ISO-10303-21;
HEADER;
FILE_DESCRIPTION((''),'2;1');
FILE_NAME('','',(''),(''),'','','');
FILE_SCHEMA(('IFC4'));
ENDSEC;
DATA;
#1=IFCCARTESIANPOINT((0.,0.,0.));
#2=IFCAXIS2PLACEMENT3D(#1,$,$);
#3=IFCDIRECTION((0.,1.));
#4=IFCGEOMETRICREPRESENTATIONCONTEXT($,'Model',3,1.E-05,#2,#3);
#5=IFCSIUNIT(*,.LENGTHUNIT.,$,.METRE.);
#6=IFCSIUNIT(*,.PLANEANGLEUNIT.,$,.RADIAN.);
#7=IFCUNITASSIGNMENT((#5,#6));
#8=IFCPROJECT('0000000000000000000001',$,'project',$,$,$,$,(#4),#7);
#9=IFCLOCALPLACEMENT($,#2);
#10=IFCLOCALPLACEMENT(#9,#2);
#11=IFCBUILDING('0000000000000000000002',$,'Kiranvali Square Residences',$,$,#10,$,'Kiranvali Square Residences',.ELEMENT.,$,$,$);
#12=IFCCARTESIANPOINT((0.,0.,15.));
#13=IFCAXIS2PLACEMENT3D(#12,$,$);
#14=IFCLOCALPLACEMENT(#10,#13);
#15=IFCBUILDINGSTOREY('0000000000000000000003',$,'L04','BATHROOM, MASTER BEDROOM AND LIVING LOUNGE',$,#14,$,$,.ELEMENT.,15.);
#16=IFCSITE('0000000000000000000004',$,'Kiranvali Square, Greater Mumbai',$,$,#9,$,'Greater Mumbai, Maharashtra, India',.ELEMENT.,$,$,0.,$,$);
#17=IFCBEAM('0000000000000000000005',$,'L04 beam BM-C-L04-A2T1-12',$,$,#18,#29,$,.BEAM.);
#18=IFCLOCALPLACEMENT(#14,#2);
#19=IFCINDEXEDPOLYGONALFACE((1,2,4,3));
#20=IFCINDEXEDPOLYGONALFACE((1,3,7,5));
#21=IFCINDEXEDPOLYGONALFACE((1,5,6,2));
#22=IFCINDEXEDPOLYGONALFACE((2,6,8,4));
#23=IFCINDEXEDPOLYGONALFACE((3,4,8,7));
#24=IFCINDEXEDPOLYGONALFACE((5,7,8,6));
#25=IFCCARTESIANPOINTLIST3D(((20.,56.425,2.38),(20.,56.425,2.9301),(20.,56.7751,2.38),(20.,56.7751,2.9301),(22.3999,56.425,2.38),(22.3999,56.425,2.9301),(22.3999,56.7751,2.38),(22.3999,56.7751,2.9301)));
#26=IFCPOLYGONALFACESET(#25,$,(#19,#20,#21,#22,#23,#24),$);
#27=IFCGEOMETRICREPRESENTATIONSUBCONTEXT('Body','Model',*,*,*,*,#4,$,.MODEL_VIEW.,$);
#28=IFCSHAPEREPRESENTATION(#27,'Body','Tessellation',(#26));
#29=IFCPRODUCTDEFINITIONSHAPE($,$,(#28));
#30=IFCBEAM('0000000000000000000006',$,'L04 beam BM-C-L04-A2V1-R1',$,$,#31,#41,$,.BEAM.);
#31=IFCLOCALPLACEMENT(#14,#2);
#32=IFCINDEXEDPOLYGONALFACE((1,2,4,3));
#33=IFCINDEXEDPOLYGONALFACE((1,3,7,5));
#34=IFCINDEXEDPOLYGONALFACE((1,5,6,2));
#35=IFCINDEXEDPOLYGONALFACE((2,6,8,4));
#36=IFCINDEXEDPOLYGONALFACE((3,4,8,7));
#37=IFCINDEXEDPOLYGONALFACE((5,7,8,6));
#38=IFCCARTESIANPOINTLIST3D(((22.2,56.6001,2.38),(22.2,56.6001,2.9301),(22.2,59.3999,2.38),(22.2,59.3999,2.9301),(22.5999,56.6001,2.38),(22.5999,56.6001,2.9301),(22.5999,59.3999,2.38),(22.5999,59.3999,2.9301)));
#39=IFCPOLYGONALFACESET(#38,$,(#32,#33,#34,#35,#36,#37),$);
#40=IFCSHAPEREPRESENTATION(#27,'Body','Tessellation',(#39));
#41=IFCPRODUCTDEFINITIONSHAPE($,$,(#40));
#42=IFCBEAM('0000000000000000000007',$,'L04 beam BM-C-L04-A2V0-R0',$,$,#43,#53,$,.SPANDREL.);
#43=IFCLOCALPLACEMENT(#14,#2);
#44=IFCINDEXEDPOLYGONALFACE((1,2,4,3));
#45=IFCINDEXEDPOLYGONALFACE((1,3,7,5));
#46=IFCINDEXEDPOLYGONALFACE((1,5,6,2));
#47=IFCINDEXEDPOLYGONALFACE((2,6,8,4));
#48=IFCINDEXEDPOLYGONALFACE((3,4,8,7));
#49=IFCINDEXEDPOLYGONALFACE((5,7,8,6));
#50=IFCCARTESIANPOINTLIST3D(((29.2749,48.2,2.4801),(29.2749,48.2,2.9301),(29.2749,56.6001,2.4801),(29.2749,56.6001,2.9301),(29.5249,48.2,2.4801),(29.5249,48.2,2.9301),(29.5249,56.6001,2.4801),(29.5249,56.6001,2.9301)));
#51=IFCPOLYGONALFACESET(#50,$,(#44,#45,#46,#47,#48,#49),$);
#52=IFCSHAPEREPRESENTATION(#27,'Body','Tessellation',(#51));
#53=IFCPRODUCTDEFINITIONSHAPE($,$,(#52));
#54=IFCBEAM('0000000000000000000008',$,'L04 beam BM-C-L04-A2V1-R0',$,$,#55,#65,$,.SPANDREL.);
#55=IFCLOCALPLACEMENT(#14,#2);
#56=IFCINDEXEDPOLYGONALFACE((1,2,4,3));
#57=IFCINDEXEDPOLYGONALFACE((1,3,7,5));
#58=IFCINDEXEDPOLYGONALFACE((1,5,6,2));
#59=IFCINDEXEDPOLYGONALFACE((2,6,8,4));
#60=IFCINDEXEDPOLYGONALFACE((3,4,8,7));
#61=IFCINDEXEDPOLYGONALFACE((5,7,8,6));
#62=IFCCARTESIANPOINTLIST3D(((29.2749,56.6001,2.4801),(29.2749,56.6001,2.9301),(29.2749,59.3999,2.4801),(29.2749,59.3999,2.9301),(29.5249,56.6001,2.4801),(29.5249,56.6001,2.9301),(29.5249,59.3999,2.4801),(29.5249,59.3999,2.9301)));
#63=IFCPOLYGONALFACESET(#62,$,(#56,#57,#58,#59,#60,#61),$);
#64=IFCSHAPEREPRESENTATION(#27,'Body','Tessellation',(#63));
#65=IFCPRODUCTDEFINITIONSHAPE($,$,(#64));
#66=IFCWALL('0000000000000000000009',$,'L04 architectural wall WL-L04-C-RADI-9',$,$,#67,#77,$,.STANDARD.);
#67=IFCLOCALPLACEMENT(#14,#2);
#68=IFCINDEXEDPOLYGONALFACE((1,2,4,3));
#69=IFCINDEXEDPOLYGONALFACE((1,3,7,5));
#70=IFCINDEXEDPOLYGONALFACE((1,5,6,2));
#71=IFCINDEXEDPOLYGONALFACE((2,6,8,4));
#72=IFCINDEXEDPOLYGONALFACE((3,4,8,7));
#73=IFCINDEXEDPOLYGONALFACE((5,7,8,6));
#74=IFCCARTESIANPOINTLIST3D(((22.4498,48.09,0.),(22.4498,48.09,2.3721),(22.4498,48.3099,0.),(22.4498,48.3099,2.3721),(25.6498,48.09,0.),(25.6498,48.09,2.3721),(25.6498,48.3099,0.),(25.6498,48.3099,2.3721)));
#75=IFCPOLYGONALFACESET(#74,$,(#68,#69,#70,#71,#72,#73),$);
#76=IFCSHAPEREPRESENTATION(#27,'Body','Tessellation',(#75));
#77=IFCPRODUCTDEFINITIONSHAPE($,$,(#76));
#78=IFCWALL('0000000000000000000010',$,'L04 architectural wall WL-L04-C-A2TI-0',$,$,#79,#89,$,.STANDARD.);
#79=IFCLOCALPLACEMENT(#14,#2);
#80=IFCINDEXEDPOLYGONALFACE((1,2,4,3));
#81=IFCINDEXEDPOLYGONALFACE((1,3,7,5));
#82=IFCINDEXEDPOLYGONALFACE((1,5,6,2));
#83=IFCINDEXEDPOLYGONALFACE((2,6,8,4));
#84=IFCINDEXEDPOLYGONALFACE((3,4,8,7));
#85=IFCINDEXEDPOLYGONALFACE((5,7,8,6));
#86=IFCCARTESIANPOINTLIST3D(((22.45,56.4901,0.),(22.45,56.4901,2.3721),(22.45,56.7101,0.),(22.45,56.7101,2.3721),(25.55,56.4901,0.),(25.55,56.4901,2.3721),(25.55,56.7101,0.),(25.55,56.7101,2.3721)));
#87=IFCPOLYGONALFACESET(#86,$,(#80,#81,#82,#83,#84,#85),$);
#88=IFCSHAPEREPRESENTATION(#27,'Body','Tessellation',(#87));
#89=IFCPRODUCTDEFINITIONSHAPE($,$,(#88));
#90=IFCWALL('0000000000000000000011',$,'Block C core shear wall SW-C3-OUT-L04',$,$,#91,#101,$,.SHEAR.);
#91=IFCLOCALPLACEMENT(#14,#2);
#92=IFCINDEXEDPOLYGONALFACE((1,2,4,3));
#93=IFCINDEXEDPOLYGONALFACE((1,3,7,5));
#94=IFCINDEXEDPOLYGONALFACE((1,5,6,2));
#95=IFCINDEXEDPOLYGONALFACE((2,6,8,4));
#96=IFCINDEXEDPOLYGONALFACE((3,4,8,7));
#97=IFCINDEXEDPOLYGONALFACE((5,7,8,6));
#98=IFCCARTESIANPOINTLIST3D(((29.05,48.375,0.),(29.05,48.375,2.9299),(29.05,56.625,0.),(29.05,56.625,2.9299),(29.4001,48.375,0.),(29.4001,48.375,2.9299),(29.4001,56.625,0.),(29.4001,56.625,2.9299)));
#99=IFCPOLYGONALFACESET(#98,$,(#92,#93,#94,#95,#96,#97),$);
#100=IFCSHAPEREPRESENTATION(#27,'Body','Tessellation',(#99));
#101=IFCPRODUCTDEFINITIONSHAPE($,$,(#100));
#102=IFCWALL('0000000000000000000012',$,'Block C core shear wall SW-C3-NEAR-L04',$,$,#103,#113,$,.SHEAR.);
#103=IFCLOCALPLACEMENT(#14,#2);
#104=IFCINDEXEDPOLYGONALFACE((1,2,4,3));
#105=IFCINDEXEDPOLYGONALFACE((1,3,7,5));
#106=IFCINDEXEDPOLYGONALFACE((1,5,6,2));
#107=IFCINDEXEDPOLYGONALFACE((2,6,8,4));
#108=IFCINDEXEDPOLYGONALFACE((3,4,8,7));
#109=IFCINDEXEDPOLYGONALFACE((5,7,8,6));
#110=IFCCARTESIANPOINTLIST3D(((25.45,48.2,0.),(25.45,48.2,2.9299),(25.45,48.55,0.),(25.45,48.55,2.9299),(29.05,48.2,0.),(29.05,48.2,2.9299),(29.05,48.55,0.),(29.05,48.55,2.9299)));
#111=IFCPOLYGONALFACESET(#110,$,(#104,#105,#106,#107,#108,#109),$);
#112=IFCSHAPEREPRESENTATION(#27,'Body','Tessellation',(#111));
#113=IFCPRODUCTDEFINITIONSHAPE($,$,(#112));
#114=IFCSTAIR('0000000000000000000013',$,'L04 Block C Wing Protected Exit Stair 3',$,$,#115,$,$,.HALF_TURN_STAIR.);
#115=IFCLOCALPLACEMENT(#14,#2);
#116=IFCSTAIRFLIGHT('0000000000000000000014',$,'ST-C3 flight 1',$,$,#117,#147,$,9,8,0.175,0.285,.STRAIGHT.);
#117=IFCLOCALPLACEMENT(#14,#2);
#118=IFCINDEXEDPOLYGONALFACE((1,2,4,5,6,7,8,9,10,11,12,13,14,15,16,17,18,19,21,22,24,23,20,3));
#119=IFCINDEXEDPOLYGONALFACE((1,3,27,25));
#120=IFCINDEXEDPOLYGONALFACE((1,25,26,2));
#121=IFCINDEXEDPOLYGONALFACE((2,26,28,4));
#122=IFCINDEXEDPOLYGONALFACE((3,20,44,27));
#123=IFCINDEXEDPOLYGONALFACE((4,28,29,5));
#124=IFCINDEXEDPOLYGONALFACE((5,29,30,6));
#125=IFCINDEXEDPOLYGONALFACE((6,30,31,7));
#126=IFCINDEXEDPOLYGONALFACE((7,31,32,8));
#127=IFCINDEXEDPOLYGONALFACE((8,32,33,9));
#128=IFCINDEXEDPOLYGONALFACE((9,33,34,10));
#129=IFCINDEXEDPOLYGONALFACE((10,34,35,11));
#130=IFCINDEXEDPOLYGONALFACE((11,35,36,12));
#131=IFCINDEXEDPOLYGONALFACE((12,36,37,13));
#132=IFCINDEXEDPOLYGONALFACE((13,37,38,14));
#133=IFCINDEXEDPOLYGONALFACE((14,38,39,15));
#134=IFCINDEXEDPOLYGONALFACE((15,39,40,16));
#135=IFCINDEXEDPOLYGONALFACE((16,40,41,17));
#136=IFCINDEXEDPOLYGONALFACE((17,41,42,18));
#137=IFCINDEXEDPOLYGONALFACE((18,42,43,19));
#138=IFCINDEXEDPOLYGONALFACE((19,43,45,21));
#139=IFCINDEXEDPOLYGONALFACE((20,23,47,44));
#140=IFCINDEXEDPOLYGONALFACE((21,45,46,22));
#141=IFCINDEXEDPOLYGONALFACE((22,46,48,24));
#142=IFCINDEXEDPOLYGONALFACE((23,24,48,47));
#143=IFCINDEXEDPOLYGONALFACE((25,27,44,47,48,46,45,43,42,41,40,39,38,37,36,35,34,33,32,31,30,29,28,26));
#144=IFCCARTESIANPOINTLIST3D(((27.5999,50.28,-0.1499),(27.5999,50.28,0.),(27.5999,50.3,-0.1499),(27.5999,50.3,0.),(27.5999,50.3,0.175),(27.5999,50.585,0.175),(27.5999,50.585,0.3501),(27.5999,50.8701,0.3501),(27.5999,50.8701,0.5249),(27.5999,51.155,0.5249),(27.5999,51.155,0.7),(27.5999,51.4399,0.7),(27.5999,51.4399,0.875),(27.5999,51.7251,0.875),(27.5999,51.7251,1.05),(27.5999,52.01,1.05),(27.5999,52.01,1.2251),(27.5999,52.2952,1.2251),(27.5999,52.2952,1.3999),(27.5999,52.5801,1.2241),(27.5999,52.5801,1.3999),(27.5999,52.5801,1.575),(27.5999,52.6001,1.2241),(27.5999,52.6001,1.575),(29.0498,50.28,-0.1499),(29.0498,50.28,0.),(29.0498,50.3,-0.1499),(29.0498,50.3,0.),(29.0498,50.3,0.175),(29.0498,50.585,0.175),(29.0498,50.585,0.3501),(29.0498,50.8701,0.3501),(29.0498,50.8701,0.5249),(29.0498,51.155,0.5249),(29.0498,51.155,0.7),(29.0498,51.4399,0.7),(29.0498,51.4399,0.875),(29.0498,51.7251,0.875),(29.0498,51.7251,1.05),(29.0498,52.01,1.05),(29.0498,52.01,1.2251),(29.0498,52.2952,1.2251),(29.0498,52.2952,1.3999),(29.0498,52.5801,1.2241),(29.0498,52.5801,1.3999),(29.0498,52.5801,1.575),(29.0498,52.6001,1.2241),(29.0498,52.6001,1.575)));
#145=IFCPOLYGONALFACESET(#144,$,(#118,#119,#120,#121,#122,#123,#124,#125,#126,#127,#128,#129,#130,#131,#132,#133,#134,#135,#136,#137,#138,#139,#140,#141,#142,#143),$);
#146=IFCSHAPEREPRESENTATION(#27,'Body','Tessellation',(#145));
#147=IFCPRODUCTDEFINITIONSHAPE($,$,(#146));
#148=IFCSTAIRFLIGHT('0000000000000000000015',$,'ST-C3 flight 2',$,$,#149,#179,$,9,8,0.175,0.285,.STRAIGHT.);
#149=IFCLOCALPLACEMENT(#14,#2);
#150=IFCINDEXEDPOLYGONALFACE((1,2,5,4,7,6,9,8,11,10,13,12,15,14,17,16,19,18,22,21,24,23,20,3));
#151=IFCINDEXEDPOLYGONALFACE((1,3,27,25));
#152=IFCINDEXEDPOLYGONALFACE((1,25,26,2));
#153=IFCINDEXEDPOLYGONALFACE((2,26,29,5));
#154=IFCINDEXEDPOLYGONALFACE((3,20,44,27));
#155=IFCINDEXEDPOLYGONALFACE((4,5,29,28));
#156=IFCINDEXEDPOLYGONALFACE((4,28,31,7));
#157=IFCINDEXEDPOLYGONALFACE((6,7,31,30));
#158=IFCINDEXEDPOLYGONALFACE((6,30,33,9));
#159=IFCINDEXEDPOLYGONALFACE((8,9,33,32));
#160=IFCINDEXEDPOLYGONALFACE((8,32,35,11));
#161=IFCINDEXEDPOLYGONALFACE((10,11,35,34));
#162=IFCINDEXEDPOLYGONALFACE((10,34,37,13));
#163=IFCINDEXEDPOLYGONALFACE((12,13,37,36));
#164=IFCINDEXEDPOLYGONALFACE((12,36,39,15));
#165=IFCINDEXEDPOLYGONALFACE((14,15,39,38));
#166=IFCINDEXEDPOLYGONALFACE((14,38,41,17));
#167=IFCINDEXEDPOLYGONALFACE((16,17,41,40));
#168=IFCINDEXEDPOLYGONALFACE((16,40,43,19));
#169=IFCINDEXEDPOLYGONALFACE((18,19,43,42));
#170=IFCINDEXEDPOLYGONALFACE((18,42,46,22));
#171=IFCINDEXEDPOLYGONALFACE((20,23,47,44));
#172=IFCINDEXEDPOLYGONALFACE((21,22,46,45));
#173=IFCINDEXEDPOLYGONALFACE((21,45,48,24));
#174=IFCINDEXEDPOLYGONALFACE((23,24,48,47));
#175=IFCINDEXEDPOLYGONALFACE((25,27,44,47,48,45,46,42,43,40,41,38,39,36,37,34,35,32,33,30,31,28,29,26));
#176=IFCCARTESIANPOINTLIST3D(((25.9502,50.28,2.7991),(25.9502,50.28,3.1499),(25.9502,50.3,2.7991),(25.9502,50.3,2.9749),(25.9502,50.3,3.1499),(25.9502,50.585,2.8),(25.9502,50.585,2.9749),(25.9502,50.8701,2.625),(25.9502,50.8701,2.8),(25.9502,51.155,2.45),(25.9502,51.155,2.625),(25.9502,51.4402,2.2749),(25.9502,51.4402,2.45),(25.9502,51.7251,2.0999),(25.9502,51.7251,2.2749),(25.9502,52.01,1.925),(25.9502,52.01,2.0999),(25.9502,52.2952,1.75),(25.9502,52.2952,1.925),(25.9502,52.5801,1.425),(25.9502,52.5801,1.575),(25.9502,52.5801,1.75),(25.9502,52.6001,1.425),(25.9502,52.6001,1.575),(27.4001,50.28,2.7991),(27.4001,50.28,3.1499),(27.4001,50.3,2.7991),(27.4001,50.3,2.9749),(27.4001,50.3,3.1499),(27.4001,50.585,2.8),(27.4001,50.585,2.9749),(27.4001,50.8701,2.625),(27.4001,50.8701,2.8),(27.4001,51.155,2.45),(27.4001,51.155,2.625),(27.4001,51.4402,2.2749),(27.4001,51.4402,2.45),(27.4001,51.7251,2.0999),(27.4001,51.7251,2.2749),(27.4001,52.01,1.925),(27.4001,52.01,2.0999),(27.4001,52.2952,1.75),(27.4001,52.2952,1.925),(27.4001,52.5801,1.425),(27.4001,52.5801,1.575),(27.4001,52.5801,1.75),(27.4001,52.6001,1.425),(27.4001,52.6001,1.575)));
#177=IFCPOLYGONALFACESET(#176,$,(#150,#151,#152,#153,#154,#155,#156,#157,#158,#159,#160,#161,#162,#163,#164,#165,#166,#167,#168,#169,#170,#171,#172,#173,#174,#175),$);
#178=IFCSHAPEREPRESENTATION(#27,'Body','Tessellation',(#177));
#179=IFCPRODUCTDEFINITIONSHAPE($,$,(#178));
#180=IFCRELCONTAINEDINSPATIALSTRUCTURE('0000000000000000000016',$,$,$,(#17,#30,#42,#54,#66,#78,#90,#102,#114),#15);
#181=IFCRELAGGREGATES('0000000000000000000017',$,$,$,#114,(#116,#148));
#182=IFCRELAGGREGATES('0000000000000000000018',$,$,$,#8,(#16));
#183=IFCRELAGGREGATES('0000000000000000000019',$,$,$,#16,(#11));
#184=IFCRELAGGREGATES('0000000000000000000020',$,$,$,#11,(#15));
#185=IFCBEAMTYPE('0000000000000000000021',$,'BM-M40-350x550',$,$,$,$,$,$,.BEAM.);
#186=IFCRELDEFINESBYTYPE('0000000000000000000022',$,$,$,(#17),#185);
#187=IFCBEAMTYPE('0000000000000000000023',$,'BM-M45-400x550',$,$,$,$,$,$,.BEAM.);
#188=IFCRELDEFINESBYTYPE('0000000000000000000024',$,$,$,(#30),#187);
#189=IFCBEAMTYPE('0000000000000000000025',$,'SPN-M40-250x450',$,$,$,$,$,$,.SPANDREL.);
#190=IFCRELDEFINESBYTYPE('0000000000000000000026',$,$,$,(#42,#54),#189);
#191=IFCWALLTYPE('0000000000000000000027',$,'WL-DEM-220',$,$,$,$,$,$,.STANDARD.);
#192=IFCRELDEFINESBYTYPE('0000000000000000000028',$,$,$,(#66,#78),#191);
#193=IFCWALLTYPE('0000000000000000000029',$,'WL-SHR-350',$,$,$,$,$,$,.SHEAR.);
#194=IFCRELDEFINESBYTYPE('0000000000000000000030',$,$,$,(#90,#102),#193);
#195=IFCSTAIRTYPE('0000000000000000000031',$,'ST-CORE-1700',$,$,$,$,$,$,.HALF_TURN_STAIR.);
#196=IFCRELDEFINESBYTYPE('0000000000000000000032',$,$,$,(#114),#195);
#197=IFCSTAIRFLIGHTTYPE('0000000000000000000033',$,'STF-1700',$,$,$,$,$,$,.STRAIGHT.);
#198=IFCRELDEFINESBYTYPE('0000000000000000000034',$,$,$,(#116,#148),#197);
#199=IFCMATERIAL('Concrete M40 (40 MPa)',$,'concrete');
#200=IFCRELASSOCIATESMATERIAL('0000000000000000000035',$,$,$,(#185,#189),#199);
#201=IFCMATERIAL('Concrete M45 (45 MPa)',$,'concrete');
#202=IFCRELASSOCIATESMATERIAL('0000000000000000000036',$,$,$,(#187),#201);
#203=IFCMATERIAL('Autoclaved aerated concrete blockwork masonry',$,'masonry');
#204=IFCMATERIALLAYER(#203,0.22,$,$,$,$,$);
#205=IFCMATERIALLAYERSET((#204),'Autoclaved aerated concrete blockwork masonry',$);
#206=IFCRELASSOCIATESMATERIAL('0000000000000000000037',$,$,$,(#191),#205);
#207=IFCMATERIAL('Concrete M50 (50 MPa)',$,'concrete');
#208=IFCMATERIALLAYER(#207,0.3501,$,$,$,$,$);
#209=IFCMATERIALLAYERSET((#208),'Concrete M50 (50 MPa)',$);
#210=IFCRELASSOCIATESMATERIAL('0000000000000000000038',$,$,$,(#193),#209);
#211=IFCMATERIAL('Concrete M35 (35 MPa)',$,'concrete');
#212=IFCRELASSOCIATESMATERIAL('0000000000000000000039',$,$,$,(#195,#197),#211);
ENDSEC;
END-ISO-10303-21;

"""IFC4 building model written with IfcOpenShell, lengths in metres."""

from ifc_helpers import new_model, si_unit, direction, frame, frame_2d, origin, origin_2d, place, context, subcontext, project, spatial, polyline, rectangle, outline, extrude, material, layer, layer_set, material_profile, profile_set, type_object, element, aggregate, save


model = new_model("IFC4")

# Units and contexts
model_context = context("Model", 3, precision=1e-05, world=origin(), true_north=direction((0.0, 1.0)))
body_context = subcontext(model_context, "Body", "Model", "MODEL_VIEW")
ifc_project = project(units=[si_unit("LENGTHUNIT", "METRE"), si_unit("PLANEANGLEUNIT", "RADIAN")], contexts=[model_context])

# Site, building, storey
site_placement = place(None, origin())
site = spatial("IfcSite", under=ifc_project, at=site_placement, Name="Kiranvali Square, Greater Mumbai", LongName="Greater Mumbai, Maharashtra, India", CompositionType="ELEMENT", RefElevation=0.0)
building_placement = place(site_placement, origin())
building = spatial("IfcBuilding", under=site, at=building_placement, Name="Kiranvali Square Residences", LongName="Kiranvali Square Residences", CompositionType="ELEMENT")
storey_placement = place(building_placement, frame((0.0, 0.0, 15.0)))
storey = spatial("IfcBuildingStorey", under=building, at=storey_placement, Name="L04", Description="BATHROOM, MASTER BEDROOM AND LIVING LOUNGE", CompositionType="ELEMENT", Elevation=15.0)

# Beams
ifc_material_1 = material(Name="Concrete M40 (40 MPa)", Category="concrete")
ifc_material_profile_1 = material_profile(ifc_material_1, rectangle(XDim=0.3501, YDim=0.55, at=origin_2d()), Name="RC 350x550")
ifc_profile_set_1 = profile_set([ifc_material_profile_1], Name="Concrete M40 (40 MPa)")
beam_type_1 = type_object("IfcBeamType", Name="BM-M40-350x550", PredefinedType="BEAM", material=ifc_profile_set_1)
beam_1_placement = place(storey_placement, frame((22.3999, 56.6001, 2.655), z_axis=(-1.0, 0.0, 0.0), x_axis=(0.0, -1.0, 0.0)))
element("IfcBeam", 1, at=beam_1_placement, inside=storey, type_object=beam_type_1, Name="L04 beam BM-C-L04-A2T1-12", PredefinedType="BEAM", context=body_context, shape_type="SweptSolid", body=[
    extrude(rectangle(XDim=0.3501, YDim=0.55, at=origin_2d()), origin(), (0.0, 0.0, 1.0), 2.3999),
])
ifc_material_2 = material(Name="Concrete M45 (45 MPa)", Category="concrete")
ifc_material_profile_2 = material_profile(ifc_material_2, rectangle(XDim=0.3999, YDim=0.55, at=origin_2d()), Name="RC 400x550")
ifc_profile_set_2 = profile_set([ifc_material_profile_2], Name="Concrete M45 (45 MPa)")
beam_type_2 = type_object("IfcBeamType", Name="BM-M45-400x550", PredefinedType="BEAM", material=ifc_profile_set_2)
beam_2_placement = place(storey_placement, frame((22.3999, 56.6001, 2.655), z_axis=(0.0, 1.0, 0.0), x_axis=(-1.0, 0.0, 0.0)))
element("IfcBeam", 2, at=beam_2_placement, inside=storey, type_object=beam_type_2, Name="L04 beam BM-C-L04-A2V1-R1", PredefinedType="BEAM", context=body_context, shape_type="SweptSolid", body=[
    extrude(rectangle(XDim=0.3999, YDim=0.55, at=origin_2d()), origin(), (0.0, 0.0, 1.0), 2.7998),
])
ifc_material_profile_3 = material_profile(ifc_material_1, rectangle(XDim=0.25, YDim=0.45, at=origin_2d()), Name="RC 250x450")
ifc_profile_set_3 = profile_set([ifc_material_profile_3], Name="Concrete M40 (40 MPa)")
beam_type_3 = type_object("IfcBeamType", Name="SPN-M40-250x450", PredefinedType="SPANDREL", material=ifc_profile_set_3)
beam_3_placement = place(storey_placement, frame((29.3999, 48.2, 2.7051), z_axis=(0.0, 1.0, 0.0), x_axis=(-1.0, 0.0, 0.0)))
element("IfcBeam", 3, at=beam_3_placement, inside=storey, type_object=beam_type_3, Name="L04 beam BM-C-L04-A2V0-R0", PredefinedType="SPANDREL", context=body_context, shape_type="SweptSolid", body=[
    extrude(rectangle(XDim=0.25, YDim=0.45, at=origin_2d()), origin(), (0.0, 0.0, 1.0), 8.4001),
])
beam_4_placement = place(storey_placement, frame((29.3999, 56.6001, 2.7051), z_axis=(0.0, 1.0, 0.0), x_axis=(-1.0, 0.0, 0.0)))
element("IfcBeam", 4, at=beam_4_placement, inside=storey, type_object=beam_type_3, Name="L04 beam BM-C-L04-A2V1-R0", PredefinedType="SPANDREL", context=body_context, shape_type="SweptSolid", body=[
    extrude(rectangle(XDim=0.25, YDim=0.45, at=origin_2d()), origin(), (0.0, 0.0, 1.0), 2.7998),
])

# Shared definitions
ifc_material_3 = material(Name="Autoclaved aerated concrete blockwork masonry", Category="masonry")

# Walls
ifc_layer_1 = layer(ifc_material_3, 0.22)
ifc_layer_set_1 = layer_set([ifc_layer_1], Name="Autoclaved aerated concrete blockwork masonry")
wall_type_1 = type_object("IfcWallType", Name="WL-DEM-220", PredefinedType="STANDARD", material=ifc_layer_set_1)
wall_1_placement = place(storey_placement, frame((25.6499, 48.2, 0.0), z_axis=(0.0, 0.0, 1.0), x_axis=(-1.0, 0.0, 0.0)))
element("IfcWall", 5, at=wall_1_placement, inside=storey, type_object=wall_type_1, Name="L04 architectural wall WL-L04-C-RADI-9", PredefinedType="STANDARD", context=body_context, shape_type="SweptSolid", body=[
    extrude(rectangle(XDim=3.2, YDim=0.22, at=frame_2d((1.6001, 0.0))), origin(), (0.0, 0.0, 1.0), 2.3721),
])
wall_2_placement = place(storey_placement, frame((25.55, 56.6001, 0.0), z_axis=(0.0, 0.0, 1.0), x_axis=(-1.0, 0.0, 0.0)))
element("IfcWall", 6, at=wall_2_placement, inside=storey, type_object=wall_type_1, Name="L04 architectural wall WL-L04-C-A2TI-0", PredefinedType="STANDARD", context=body_context, shape_type="SweptSolid", body=[
    extrude(rectangle(XDim=3.1001, YDim=0.22, at=frame_2d((1.55, 0.0))), origin(), (0.0, 0.0, 1.0), 2.3721),
])
ifc_material_4 = material(Name="Concrete M50 (50 MPa)", Category="concrete")
ifc_layer_2 = layer(ifc_material_4, 0.3501)
ifc_layer_set_2 = layer_set([ifc_layer_2], Name="Concrete M50 (50 MPa)")
wall_type_2 = type_object("IfcWallType", Name="WL-SHR-350", PredefinedType="SHEAR", material=ifc_layer_set_2)
wall_3_placement = place(storey_placement, frame((29.2251, 48.375, 0.0), z_axis=(0.0, 0.0, 1.0), x_axis=(0.0, 1.0, 0.0)))
element("IfcWall", 7, at=wall_3_placement, inside=storey, type_object=wall_type_2, Name="Block C core shear wall SW-C3-OUT-L04", PredefinedType="SHEAR", context=body_context, shape_type="SweptSolid", body=[
    extrude(rectangle(XDim=8.25, YDim=0.3501, at=frame_2d((4.125, 0.0))), origin(), (0.0, 0.0, 1.0), 2.9299),
])

# Wall
wall_4_placement = place(storey_placement, frame((29.05, 48.375, 0.0), z_axis=(0.0, 0.0, 1.0), x_axis=(-1.0, 0.0, 0.0)))
element("IfcWall", 8, at=wall_4_placement, inside=storey, type_object=wall_type_2, Name="Block C core shear wall SW-C3-NEAR-L04", PredefinedType="SHEAR", context=body_context, shape_type="SweptSolid", body=[
    extrude(rectangle(XDim=3.6001, YDim=0.3501, at=frame_2d((1.8, 0.0))), origin(), (0.0, 0.0, 1.0), 2.9299),
])

# Stair, stair flights
ifc_material_5 = material(Name="Concrete M35 (35 MPa)", Category="concrete")
stair_type = type_object("IfcStairType", Name="ST-CORE-1700", PredefinedType="HALF_TURN_STAIR", material=ifc_material_5)
stair_placement = place(storey_placement, origin())
stair = element("IfcStair", 9, at=stair_placement, inside=storey, type_object=stair_type, Name="L04 Block C Wing Protected Exit Stair 3", PredefinedType="HALF_TURN_STAIR")
stair_flight_type = type_object("IfcStairFlightType", Name="STF-1700", PredefinedType="STRAIGHT", material=ifc_material_5)
stair_flight_1_placement = place(storey_placement, frame((28.325, 50.3, 0.0), z_axis=(0.0, 0.0, 1.0), x_axis=(0.0, 1.0, 0.0)))
stair_flight_1 = element("IfcStairFlight", 10, at=stair_flight_1_placement, type_object=stair_flight_type, Name="ST-C3 flight 1", NumberOfRisers=9, NumberOfTreads=8, PredefinedType="STRAIGHT", RiserHeight=0.175, TreadLength=0.285, context=body_context, shape_type="SweptSolid", body=[
    extrude(outline(polyline([(-0.02, -0.1499), (-0.02, 0.0), (0.0, 0.0), (0.0, 0.175), (0.2849, 0.175), (0.2849, 0.3501), (0.5701, 0.3501), (0.5701, 0.5249), (0.855, 0.5249), (0.855, 0.7), (1.1399, 0.7), (1.1399, 0.875), (1.425, 0.875), (1.425, 1.05), (1.71, 1.05), (1.71, 1.2251), (1.9951, 1.2251), (1.9951, 1.3999), (2.28, 1.3999), (2.28, 1.575), (2.3, 1.575), (2.3, 1.2241), (2.28, 1.2241), (0.0, -0.1499), (-0.02, -0.1499)])), frame((0.0, 0.7251, 0.0), z_axis=(0.0, -1.0, 0.0), x_axis=(1.0, 0.0, 0.0)), (0.0, 0.0, 1.0), 1.45),
])
stair_flight_2_placement = place(storey_placement, frame((26.675, 52.5801, 1.575), z_axis=(0.0, 0.0, 1.0), x_axis=(0.0, -1.0, 0.0)))
stair_flight_2 = element("IfcStairFlight", 11, at=stair_flight_2_placement, type_object=stair_flight_type, Name="ST-C3 flight 2", NumberOfRisers=9, NumberOfTreads=8, PredefinedType="STRAIGHT", RiserHeight=0.175, TreadLength=0.285, context=body_context, shape_type="SweptSolid", body=[
    extrude(outline(polyline([(-0.02, -0.1499), (-0.02, 0.0), (0.0, 0.0), (0.0, 0.175), (0.2849, 0.175), (0.2849, 0.3501), (0.5701, 0.3501), (0.5701, 0.5249), (0.855, 0.5249), (0.855, 0.7), (1.1399, 0.7), (1.1399, 0.875), (1.425, 0.875), (1.425, 1.05), (1.71, 1.05), (1.71, 1.2251), (1.9951, 1.2251), (1.9951, 1.3999), (2.28, 1.3999), (2.28, 1.575), (2.3, 1.575), (2.3, 1.2241), (2.28, 1.2241), (0.0, -0.1499), (-0.02, -0.1499)])), frame((0.0, 0.7251, 0.0), z_axis=(0.0, -1.0, 0.0), x_axis=(1.0, 0.0, 0.0)), (0.0, 0.0, 1.0), 1.45),
])
aggregate(stair, [stair_flight_1, stair_flight_2])

save(model, "model.ifc")
